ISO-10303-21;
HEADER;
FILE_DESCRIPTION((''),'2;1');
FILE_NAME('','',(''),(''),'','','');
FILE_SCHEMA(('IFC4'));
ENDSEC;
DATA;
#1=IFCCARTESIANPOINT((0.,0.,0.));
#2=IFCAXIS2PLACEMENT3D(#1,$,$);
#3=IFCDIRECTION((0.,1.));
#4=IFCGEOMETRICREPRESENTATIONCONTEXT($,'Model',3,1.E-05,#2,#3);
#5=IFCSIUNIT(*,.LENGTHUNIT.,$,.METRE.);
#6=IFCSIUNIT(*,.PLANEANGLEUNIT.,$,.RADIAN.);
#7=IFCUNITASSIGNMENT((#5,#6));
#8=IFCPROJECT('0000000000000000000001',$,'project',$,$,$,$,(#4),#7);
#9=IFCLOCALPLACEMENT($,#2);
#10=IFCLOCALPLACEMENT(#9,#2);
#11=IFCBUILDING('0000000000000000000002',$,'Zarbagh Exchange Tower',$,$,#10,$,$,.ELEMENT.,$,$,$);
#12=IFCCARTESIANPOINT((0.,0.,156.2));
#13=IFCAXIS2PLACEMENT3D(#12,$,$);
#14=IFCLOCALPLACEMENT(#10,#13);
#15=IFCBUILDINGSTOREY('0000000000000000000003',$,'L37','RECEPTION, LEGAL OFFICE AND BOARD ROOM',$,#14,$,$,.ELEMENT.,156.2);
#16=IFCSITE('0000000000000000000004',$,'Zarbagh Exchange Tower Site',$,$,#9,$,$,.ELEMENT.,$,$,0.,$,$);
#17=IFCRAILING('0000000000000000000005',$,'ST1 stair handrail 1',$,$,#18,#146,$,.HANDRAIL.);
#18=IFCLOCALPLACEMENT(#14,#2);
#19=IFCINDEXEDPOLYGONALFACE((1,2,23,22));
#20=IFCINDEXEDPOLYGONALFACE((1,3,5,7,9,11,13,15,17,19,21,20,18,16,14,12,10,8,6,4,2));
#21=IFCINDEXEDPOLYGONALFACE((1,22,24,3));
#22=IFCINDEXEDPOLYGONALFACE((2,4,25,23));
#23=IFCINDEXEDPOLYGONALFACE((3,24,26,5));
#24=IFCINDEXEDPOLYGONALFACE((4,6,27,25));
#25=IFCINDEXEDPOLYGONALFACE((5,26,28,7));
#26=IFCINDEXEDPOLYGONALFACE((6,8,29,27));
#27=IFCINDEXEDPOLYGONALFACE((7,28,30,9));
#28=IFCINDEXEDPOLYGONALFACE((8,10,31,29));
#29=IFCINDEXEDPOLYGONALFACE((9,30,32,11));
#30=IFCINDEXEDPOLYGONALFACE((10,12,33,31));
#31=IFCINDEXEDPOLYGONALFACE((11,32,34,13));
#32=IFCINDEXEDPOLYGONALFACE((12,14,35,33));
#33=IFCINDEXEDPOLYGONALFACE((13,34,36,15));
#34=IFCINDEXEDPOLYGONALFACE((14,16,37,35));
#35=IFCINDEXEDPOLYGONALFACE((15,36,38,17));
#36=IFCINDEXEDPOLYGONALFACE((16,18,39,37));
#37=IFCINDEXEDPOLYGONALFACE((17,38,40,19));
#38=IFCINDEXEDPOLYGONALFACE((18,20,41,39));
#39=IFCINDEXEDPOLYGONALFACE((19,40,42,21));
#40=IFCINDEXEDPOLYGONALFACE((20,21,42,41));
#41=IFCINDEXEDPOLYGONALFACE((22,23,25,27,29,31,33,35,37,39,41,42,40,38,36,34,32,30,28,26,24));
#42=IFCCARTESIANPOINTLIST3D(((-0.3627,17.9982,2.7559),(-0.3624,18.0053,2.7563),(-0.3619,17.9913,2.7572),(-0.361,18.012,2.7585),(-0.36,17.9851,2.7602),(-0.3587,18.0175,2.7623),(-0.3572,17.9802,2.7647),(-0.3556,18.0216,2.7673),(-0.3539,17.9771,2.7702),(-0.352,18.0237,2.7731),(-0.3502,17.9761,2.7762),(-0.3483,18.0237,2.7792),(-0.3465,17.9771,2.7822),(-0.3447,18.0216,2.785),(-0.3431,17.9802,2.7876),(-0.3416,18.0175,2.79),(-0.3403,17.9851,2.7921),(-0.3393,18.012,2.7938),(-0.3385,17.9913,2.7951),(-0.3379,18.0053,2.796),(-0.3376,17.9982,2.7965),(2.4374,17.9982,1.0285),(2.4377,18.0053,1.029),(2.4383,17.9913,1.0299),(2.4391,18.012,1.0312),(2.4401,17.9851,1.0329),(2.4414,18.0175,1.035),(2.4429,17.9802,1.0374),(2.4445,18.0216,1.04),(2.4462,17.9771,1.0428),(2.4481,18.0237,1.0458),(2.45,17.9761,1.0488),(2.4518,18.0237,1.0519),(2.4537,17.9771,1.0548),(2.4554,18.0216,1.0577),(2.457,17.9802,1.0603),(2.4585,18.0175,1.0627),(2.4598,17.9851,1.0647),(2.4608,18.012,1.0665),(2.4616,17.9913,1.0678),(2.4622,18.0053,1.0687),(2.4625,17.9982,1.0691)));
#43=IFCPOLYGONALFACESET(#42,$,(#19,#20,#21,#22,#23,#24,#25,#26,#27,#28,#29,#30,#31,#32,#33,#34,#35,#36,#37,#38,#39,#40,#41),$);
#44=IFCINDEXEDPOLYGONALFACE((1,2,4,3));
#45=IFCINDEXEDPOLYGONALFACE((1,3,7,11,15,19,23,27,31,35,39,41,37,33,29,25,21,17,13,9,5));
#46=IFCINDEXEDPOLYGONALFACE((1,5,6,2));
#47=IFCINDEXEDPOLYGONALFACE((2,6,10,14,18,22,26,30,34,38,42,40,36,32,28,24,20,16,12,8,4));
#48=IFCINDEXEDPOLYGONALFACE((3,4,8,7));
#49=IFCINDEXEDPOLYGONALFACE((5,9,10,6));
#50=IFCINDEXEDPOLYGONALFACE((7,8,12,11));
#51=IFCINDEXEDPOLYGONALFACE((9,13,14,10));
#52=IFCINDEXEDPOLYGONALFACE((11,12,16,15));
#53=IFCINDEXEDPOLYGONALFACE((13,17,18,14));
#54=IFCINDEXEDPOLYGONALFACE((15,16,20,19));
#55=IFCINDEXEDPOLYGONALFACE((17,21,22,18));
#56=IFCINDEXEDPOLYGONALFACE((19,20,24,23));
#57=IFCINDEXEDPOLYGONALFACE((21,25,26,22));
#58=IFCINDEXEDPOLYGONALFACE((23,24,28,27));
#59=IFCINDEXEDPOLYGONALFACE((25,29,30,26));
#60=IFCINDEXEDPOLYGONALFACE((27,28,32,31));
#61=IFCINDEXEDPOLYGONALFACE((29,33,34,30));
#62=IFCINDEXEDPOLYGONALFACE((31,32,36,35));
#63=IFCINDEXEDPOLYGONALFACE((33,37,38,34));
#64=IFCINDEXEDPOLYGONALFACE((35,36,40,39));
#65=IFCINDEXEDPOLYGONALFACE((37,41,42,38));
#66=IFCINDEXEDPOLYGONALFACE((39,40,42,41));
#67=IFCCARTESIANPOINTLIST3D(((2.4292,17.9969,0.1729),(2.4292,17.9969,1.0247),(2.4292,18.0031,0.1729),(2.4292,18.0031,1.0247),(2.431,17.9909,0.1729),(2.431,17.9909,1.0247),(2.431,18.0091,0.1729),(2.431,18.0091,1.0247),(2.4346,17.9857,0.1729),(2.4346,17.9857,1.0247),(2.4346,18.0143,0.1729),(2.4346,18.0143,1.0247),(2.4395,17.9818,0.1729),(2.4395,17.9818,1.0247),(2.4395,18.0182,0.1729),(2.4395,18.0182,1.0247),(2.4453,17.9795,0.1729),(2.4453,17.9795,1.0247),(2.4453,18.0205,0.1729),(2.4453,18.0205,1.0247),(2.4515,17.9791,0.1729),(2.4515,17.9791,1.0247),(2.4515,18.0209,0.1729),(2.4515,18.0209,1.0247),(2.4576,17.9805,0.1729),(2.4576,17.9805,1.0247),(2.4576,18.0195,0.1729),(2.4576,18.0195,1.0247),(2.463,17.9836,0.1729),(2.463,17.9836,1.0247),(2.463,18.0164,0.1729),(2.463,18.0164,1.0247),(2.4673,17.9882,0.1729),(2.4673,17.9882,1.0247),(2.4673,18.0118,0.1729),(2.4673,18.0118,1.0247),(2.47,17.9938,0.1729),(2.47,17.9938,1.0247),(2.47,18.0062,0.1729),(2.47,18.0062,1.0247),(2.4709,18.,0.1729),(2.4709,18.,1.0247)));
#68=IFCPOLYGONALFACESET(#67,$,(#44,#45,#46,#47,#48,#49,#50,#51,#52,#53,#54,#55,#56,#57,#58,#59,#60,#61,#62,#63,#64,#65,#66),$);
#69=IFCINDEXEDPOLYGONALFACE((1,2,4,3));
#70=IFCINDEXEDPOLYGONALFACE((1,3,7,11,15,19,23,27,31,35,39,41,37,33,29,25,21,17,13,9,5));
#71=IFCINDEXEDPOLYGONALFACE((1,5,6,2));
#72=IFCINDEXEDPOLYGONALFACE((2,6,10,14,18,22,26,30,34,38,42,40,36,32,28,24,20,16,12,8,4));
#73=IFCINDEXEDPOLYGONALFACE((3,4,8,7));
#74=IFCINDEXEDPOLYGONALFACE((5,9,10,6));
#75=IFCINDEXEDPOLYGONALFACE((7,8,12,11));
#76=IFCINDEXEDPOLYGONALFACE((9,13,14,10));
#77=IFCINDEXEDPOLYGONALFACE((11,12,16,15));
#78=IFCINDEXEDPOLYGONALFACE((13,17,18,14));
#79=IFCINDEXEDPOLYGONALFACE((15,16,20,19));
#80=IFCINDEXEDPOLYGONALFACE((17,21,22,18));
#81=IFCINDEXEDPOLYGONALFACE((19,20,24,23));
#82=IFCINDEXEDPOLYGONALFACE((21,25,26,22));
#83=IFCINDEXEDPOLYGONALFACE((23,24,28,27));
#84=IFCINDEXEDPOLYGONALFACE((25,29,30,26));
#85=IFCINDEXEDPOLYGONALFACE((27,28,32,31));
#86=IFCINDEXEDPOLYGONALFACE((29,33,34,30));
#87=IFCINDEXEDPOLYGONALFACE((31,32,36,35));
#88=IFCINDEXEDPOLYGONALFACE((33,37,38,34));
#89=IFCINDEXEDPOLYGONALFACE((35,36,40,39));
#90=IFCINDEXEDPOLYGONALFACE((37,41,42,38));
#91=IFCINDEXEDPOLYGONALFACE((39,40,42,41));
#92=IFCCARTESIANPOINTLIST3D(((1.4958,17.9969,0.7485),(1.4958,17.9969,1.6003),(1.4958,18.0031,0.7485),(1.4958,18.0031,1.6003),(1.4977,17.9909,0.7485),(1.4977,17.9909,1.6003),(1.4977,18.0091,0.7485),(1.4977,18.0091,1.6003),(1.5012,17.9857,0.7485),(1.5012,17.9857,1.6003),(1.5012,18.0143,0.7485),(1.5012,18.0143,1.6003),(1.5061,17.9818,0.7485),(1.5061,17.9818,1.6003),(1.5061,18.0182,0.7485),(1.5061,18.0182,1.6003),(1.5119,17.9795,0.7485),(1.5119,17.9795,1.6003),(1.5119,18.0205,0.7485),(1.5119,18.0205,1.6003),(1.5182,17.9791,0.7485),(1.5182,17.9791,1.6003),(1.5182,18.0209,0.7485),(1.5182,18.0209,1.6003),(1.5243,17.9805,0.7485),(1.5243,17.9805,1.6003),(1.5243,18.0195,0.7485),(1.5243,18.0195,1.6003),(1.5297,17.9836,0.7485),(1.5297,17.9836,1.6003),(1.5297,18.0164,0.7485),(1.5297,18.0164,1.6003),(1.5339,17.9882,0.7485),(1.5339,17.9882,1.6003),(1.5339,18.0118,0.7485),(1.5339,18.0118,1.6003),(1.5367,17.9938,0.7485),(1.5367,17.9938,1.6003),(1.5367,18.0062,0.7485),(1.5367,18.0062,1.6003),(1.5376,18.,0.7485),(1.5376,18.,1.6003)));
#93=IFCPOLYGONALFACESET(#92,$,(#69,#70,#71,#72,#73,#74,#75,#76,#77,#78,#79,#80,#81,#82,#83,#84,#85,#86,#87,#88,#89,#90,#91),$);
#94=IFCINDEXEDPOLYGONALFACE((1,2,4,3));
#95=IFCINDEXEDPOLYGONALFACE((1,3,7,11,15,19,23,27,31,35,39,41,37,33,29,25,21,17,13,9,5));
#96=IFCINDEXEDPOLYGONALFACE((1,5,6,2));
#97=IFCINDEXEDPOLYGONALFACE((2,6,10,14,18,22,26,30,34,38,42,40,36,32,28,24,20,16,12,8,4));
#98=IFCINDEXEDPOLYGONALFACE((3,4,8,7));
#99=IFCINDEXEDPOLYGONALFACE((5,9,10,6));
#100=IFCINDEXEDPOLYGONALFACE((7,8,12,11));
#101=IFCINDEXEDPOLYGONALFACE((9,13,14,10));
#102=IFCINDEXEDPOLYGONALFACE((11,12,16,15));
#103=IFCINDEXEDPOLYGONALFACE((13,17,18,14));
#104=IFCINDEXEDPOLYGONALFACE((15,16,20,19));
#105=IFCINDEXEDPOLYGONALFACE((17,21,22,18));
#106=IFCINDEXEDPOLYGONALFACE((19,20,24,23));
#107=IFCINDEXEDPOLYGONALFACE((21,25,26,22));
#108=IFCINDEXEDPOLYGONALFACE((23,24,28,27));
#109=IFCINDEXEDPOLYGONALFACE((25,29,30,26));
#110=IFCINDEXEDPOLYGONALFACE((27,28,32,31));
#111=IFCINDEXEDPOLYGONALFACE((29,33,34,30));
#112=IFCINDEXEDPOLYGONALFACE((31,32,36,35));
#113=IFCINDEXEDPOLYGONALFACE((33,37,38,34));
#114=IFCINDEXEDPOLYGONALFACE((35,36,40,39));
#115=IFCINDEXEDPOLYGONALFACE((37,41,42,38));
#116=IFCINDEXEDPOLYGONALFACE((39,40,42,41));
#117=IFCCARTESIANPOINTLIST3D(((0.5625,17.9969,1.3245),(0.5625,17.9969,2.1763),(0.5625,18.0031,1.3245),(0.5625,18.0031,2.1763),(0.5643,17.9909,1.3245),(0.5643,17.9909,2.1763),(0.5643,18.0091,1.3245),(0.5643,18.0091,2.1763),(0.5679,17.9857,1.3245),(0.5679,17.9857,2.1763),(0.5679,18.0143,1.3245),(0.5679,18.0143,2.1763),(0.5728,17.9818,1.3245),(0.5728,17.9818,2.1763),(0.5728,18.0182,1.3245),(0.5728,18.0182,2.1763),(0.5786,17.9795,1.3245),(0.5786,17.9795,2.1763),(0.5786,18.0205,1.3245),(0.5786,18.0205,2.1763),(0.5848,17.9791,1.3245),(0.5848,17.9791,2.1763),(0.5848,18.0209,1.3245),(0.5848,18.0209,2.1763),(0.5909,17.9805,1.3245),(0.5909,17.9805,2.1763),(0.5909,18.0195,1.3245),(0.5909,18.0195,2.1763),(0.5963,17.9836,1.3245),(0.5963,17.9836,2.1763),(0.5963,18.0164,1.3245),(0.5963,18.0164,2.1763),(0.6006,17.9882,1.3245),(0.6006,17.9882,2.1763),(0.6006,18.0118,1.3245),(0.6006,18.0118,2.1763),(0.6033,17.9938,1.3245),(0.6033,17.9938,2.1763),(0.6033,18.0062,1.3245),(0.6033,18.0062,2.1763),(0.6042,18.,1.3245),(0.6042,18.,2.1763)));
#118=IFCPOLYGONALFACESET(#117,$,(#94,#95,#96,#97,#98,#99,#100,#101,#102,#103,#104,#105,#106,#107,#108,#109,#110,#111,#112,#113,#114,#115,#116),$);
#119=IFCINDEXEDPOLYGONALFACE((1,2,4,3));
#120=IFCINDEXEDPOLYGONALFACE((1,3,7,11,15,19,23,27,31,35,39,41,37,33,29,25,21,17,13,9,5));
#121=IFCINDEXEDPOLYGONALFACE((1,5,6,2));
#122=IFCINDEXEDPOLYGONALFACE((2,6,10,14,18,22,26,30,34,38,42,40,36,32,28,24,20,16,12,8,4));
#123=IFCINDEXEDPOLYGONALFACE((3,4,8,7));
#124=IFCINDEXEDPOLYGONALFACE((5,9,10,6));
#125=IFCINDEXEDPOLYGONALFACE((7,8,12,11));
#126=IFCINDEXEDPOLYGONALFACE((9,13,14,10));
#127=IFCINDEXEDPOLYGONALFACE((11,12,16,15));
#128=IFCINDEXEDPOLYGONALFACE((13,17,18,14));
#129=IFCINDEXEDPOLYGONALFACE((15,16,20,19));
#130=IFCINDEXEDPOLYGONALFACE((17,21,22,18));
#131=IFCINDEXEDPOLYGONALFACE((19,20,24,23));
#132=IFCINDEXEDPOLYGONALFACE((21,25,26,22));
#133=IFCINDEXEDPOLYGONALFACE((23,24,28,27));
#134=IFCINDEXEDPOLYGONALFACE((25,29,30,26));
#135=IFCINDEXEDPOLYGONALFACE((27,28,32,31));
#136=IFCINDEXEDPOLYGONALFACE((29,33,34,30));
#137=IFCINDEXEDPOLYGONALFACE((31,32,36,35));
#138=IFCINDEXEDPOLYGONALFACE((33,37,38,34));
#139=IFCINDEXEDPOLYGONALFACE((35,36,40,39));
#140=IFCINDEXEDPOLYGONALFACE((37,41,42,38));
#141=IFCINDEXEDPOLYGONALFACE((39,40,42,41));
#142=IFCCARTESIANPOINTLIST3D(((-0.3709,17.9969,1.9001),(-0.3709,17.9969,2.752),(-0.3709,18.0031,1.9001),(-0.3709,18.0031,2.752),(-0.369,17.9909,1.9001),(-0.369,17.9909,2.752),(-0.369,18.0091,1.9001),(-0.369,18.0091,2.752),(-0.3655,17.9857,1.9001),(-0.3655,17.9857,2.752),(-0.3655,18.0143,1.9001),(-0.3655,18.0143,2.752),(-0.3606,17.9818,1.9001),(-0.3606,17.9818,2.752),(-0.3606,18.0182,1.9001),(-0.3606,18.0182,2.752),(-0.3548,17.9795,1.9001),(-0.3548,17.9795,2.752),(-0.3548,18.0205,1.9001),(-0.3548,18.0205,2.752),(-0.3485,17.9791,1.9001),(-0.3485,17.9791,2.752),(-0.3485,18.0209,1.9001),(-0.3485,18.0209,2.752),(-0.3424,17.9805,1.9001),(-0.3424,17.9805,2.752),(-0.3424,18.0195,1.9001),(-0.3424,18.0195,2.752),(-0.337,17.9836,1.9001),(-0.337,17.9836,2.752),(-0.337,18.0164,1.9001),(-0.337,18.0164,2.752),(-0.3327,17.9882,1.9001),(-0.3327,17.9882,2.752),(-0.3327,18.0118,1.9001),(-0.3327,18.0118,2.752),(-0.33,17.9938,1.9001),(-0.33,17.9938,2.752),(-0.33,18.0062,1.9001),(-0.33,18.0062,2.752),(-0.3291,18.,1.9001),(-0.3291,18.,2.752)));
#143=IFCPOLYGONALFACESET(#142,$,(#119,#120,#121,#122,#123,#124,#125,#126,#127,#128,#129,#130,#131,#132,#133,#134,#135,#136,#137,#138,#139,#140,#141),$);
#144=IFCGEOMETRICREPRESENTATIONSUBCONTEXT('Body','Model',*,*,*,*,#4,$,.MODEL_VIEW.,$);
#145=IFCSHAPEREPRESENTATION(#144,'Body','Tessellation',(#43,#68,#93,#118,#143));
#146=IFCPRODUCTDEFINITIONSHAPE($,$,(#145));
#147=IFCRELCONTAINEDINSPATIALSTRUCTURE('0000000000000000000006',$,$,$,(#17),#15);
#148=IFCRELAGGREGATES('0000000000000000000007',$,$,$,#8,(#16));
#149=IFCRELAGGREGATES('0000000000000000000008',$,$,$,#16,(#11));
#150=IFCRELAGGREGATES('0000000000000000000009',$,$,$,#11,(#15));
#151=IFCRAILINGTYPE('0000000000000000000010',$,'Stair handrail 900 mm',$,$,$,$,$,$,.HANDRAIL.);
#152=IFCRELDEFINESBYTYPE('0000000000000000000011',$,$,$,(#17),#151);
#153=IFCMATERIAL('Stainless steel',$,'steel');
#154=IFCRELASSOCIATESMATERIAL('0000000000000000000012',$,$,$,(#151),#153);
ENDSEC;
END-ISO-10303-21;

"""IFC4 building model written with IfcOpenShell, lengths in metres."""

from ifc_helpers import new_model, si_unit, direction, frame, origin, origin_2d, place, context, subcontext, project, spatial, circle, extrude, material, type_object, element, save


model = new_model("IFC4")

# Units and contexts
model_context = context("Model", 3, precision=1e-05, world=origin(), true_north=direction((0.0, 1.0)))
body_context = subcontext(model_context, "Body", "Model", "MODEL_VIEW")
ifc_project = project(units=[si_unit("LENGTHUNIT", "METRE"), si_unit("PLANEANGLEUNIT", "RADIAN")], contexts=[model_context])

# Site, building, storey
site_placement = place(None, origin())
site = spatial("IfcSite", under=ifc_project, at=site_placement, Name="Zarbagh Exchange Tower Site", CompositionType="ELEMENT", RefElevation=0.0)
building_placement = place(site_placement, origin())
building = spatial("IfcBuilding", under=site, at=building_placement, Name="Zarbagh Exchange Tower", CompositionType="ELEMENT")
storey_placement = place(building_placement, frame((0.0, 0.0, 156.2)))
storey = spatial("IfcBuildingStorey", under=building, at=storey_placement, Name="L37", Description="RECEPTION, LEGAL OFFICE AND BOARD ROOM", CompositionType="ELEMENT", Elevation=156.2)

# Railing
ifc_material_1 = material(Name="Stainless steel", Category="steel")
railing_type = type_object("IfcRailingType", Name="Stair handrail 900 mm", PredefinedType="HANDRAIL", material=ifc_material_1)
railing_placement = place(storey_placement, frame((2.45, 18.0, 0.1729)))
element("IfcRailing", 1, at=railing_placement, inside=storey, type_object=railing_type, Name="ST1 stair handrail 1", PredefinedType="HANDRAIL", context=body_context, shape_type="SweptSolid", body=[
    extrude(circle(Radius=0.0239, at=origin_2d()), frame((0.0, 0.0, 0.876), z_axis=(-0.85109, 0.0, 0.52502), x_axis=(0.0, -1.0, 0.0)), (0.0, 0.0, 1.0), 3.29),
    extrude(circle(Radius=0.021, at=origin_2d()), origin(), (0.0, 0.0, 1.0), 0.8518),
    extrude(circle(Radius=0.021, at=origin_2d()), frame((-0.9333, 0.0, 0.5757)), (0.0, 0.0, 1.0), 0.8518),
    extrude(circle(Radius=0.021, at=origin_2d()), frame((-1.8667, 0.0, 1.1516)), (0.0, 0.0, 1.0), 0.8518),
    extrude(circle(Radius=0.021, at=origin_2d()), frame((-2.8, 0.0, 1.7273)), (0.0, 0.0, 1.0), 0.8518),
])

save(model, "model.ifc")
